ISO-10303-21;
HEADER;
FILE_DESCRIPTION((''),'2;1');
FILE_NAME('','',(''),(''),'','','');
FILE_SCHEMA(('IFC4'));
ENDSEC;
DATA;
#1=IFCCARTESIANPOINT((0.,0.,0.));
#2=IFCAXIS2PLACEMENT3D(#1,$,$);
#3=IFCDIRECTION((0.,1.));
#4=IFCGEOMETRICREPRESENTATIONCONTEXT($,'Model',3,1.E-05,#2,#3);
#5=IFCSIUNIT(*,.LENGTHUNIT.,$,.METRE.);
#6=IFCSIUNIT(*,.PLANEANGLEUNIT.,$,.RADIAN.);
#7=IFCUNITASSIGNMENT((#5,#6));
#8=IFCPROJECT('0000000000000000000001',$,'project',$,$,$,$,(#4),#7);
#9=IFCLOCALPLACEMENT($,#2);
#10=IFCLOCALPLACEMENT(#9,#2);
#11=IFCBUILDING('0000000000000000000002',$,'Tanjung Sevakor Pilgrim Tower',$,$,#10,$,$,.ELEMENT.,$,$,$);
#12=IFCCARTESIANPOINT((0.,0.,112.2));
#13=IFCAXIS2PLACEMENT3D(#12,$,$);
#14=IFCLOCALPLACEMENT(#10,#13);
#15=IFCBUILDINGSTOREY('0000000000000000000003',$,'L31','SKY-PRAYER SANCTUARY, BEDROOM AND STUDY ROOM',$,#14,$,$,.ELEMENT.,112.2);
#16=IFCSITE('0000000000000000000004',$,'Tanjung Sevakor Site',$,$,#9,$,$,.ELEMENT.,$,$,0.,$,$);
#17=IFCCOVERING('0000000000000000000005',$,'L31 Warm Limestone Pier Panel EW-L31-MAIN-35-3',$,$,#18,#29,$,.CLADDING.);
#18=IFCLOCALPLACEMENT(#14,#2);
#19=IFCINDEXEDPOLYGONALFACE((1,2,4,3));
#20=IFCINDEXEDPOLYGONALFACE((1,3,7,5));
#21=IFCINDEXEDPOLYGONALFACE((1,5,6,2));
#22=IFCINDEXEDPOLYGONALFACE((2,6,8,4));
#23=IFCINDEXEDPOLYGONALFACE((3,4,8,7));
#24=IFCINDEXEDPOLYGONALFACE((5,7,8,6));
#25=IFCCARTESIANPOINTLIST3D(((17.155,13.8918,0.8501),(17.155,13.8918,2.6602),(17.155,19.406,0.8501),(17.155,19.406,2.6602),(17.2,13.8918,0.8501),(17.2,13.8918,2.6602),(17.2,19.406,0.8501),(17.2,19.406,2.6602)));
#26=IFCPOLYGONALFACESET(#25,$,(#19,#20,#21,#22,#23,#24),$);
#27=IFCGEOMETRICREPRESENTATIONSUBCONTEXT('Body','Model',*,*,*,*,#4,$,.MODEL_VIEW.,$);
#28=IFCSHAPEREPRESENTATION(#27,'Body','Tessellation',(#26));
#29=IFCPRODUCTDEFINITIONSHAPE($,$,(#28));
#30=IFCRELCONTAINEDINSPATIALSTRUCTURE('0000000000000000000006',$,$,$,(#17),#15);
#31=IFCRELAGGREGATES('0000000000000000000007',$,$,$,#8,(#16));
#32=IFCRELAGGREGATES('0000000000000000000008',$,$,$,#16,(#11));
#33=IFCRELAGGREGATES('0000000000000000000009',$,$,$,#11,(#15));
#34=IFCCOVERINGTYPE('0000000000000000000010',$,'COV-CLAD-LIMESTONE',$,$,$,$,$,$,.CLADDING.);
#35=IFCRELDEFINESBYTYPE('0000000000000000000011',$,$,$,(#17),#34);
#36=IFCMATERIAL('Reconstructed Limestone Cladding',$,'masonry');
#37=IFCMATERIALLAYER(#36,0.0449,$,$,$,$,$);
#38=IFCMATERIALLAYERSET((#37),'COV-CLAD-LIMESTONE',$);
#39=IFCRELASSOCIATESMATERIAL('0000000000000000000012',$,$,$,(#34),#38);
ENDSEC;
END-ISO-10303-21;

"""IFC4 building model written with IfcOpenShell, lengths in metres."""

from ifc_helpers import new_model, si_unit, direction, frame, origin, origin_2d, place, context, subcontext, project, spatial, rectangle, extrude, material, layer, layer_set, type_object, element, save


model = new_model("IFC4")

# Units and contexts
model_context = context("Model", 3, precision=1e-05, world=origin(), true_north=direction((0.0, 1.0)))
body_context = subcontext(model_context, "Body", "Model", "MODEL_VIEW")
ifc_project = project(units=[si_unit("LENGTHUNIT", "METRE"), si_unit("PLANEANGLEUNIT", "RADIAN")], contexts=[model_context])

# Site, building, storey
site_placement = place(None, origin())
site = spatial("IfcSite", under=ifc_project, at=site_placement, Name="Tanjung Sevakor Site", CompositionType="ELEMENT", RefElevation=0.0)
building_placement = place(site_placement, origin())
building = spatial("IfcBuilding", under=site, at=building_placement, Name="Tanjung Sevakor Pilgrim Tower", CompositionType="ELEMENT")
storey_placement = place(building_placement, frame((0.0, 0.0, 112.2)))
storey = spatial("IfcBuildingStorey", under=building, at=storey_placement, Name="L31", Description="SKY-PRAYER SANCTUARY, BEDROOM AND STUDY ROOM", CompositionType="ELEMENT", Elevation=112.2)

# Covering
ifc_material_1 = material(Name="Reconstructed Limestone Cladding", Category="masonry")
ifc_layer_1 = layer(ifc_material_1, 0.0449)
ifc_layer_set_1 = layer_set([ifc_layer_1], Name="COV-CLAD-LIMESTONE")
covering_type = type_object("IfcCoveringType", Name="COV-CLAD-LIMESTONE", PredefinedType="CLADDING", material=ifc_layer_set_1)
covering_1_placement = place(storey_placement, frame((17.1775, 16.6489, 0.8501), z_axis=(0.0, 0.0, 1.0), x_axis=(0.0, -1.0, 0.0)))
element("IfcCovering", 1, at=covering_1_placement, inside=storey, type_object=covering_type, Name="L31 Warm Limestone Pier Panel EW-L31-MAIN-35-3", PredefinedType="CLADDING", context=body_context, shape_type="SweptSolid", body=[
    extrude(rectangle(XDim=5.5142, YDim=0.0449, at=origin_2d()), origin(), (0.0, 0.0, 1.0), 1.8101),
])

save(model, "model.ifc")
